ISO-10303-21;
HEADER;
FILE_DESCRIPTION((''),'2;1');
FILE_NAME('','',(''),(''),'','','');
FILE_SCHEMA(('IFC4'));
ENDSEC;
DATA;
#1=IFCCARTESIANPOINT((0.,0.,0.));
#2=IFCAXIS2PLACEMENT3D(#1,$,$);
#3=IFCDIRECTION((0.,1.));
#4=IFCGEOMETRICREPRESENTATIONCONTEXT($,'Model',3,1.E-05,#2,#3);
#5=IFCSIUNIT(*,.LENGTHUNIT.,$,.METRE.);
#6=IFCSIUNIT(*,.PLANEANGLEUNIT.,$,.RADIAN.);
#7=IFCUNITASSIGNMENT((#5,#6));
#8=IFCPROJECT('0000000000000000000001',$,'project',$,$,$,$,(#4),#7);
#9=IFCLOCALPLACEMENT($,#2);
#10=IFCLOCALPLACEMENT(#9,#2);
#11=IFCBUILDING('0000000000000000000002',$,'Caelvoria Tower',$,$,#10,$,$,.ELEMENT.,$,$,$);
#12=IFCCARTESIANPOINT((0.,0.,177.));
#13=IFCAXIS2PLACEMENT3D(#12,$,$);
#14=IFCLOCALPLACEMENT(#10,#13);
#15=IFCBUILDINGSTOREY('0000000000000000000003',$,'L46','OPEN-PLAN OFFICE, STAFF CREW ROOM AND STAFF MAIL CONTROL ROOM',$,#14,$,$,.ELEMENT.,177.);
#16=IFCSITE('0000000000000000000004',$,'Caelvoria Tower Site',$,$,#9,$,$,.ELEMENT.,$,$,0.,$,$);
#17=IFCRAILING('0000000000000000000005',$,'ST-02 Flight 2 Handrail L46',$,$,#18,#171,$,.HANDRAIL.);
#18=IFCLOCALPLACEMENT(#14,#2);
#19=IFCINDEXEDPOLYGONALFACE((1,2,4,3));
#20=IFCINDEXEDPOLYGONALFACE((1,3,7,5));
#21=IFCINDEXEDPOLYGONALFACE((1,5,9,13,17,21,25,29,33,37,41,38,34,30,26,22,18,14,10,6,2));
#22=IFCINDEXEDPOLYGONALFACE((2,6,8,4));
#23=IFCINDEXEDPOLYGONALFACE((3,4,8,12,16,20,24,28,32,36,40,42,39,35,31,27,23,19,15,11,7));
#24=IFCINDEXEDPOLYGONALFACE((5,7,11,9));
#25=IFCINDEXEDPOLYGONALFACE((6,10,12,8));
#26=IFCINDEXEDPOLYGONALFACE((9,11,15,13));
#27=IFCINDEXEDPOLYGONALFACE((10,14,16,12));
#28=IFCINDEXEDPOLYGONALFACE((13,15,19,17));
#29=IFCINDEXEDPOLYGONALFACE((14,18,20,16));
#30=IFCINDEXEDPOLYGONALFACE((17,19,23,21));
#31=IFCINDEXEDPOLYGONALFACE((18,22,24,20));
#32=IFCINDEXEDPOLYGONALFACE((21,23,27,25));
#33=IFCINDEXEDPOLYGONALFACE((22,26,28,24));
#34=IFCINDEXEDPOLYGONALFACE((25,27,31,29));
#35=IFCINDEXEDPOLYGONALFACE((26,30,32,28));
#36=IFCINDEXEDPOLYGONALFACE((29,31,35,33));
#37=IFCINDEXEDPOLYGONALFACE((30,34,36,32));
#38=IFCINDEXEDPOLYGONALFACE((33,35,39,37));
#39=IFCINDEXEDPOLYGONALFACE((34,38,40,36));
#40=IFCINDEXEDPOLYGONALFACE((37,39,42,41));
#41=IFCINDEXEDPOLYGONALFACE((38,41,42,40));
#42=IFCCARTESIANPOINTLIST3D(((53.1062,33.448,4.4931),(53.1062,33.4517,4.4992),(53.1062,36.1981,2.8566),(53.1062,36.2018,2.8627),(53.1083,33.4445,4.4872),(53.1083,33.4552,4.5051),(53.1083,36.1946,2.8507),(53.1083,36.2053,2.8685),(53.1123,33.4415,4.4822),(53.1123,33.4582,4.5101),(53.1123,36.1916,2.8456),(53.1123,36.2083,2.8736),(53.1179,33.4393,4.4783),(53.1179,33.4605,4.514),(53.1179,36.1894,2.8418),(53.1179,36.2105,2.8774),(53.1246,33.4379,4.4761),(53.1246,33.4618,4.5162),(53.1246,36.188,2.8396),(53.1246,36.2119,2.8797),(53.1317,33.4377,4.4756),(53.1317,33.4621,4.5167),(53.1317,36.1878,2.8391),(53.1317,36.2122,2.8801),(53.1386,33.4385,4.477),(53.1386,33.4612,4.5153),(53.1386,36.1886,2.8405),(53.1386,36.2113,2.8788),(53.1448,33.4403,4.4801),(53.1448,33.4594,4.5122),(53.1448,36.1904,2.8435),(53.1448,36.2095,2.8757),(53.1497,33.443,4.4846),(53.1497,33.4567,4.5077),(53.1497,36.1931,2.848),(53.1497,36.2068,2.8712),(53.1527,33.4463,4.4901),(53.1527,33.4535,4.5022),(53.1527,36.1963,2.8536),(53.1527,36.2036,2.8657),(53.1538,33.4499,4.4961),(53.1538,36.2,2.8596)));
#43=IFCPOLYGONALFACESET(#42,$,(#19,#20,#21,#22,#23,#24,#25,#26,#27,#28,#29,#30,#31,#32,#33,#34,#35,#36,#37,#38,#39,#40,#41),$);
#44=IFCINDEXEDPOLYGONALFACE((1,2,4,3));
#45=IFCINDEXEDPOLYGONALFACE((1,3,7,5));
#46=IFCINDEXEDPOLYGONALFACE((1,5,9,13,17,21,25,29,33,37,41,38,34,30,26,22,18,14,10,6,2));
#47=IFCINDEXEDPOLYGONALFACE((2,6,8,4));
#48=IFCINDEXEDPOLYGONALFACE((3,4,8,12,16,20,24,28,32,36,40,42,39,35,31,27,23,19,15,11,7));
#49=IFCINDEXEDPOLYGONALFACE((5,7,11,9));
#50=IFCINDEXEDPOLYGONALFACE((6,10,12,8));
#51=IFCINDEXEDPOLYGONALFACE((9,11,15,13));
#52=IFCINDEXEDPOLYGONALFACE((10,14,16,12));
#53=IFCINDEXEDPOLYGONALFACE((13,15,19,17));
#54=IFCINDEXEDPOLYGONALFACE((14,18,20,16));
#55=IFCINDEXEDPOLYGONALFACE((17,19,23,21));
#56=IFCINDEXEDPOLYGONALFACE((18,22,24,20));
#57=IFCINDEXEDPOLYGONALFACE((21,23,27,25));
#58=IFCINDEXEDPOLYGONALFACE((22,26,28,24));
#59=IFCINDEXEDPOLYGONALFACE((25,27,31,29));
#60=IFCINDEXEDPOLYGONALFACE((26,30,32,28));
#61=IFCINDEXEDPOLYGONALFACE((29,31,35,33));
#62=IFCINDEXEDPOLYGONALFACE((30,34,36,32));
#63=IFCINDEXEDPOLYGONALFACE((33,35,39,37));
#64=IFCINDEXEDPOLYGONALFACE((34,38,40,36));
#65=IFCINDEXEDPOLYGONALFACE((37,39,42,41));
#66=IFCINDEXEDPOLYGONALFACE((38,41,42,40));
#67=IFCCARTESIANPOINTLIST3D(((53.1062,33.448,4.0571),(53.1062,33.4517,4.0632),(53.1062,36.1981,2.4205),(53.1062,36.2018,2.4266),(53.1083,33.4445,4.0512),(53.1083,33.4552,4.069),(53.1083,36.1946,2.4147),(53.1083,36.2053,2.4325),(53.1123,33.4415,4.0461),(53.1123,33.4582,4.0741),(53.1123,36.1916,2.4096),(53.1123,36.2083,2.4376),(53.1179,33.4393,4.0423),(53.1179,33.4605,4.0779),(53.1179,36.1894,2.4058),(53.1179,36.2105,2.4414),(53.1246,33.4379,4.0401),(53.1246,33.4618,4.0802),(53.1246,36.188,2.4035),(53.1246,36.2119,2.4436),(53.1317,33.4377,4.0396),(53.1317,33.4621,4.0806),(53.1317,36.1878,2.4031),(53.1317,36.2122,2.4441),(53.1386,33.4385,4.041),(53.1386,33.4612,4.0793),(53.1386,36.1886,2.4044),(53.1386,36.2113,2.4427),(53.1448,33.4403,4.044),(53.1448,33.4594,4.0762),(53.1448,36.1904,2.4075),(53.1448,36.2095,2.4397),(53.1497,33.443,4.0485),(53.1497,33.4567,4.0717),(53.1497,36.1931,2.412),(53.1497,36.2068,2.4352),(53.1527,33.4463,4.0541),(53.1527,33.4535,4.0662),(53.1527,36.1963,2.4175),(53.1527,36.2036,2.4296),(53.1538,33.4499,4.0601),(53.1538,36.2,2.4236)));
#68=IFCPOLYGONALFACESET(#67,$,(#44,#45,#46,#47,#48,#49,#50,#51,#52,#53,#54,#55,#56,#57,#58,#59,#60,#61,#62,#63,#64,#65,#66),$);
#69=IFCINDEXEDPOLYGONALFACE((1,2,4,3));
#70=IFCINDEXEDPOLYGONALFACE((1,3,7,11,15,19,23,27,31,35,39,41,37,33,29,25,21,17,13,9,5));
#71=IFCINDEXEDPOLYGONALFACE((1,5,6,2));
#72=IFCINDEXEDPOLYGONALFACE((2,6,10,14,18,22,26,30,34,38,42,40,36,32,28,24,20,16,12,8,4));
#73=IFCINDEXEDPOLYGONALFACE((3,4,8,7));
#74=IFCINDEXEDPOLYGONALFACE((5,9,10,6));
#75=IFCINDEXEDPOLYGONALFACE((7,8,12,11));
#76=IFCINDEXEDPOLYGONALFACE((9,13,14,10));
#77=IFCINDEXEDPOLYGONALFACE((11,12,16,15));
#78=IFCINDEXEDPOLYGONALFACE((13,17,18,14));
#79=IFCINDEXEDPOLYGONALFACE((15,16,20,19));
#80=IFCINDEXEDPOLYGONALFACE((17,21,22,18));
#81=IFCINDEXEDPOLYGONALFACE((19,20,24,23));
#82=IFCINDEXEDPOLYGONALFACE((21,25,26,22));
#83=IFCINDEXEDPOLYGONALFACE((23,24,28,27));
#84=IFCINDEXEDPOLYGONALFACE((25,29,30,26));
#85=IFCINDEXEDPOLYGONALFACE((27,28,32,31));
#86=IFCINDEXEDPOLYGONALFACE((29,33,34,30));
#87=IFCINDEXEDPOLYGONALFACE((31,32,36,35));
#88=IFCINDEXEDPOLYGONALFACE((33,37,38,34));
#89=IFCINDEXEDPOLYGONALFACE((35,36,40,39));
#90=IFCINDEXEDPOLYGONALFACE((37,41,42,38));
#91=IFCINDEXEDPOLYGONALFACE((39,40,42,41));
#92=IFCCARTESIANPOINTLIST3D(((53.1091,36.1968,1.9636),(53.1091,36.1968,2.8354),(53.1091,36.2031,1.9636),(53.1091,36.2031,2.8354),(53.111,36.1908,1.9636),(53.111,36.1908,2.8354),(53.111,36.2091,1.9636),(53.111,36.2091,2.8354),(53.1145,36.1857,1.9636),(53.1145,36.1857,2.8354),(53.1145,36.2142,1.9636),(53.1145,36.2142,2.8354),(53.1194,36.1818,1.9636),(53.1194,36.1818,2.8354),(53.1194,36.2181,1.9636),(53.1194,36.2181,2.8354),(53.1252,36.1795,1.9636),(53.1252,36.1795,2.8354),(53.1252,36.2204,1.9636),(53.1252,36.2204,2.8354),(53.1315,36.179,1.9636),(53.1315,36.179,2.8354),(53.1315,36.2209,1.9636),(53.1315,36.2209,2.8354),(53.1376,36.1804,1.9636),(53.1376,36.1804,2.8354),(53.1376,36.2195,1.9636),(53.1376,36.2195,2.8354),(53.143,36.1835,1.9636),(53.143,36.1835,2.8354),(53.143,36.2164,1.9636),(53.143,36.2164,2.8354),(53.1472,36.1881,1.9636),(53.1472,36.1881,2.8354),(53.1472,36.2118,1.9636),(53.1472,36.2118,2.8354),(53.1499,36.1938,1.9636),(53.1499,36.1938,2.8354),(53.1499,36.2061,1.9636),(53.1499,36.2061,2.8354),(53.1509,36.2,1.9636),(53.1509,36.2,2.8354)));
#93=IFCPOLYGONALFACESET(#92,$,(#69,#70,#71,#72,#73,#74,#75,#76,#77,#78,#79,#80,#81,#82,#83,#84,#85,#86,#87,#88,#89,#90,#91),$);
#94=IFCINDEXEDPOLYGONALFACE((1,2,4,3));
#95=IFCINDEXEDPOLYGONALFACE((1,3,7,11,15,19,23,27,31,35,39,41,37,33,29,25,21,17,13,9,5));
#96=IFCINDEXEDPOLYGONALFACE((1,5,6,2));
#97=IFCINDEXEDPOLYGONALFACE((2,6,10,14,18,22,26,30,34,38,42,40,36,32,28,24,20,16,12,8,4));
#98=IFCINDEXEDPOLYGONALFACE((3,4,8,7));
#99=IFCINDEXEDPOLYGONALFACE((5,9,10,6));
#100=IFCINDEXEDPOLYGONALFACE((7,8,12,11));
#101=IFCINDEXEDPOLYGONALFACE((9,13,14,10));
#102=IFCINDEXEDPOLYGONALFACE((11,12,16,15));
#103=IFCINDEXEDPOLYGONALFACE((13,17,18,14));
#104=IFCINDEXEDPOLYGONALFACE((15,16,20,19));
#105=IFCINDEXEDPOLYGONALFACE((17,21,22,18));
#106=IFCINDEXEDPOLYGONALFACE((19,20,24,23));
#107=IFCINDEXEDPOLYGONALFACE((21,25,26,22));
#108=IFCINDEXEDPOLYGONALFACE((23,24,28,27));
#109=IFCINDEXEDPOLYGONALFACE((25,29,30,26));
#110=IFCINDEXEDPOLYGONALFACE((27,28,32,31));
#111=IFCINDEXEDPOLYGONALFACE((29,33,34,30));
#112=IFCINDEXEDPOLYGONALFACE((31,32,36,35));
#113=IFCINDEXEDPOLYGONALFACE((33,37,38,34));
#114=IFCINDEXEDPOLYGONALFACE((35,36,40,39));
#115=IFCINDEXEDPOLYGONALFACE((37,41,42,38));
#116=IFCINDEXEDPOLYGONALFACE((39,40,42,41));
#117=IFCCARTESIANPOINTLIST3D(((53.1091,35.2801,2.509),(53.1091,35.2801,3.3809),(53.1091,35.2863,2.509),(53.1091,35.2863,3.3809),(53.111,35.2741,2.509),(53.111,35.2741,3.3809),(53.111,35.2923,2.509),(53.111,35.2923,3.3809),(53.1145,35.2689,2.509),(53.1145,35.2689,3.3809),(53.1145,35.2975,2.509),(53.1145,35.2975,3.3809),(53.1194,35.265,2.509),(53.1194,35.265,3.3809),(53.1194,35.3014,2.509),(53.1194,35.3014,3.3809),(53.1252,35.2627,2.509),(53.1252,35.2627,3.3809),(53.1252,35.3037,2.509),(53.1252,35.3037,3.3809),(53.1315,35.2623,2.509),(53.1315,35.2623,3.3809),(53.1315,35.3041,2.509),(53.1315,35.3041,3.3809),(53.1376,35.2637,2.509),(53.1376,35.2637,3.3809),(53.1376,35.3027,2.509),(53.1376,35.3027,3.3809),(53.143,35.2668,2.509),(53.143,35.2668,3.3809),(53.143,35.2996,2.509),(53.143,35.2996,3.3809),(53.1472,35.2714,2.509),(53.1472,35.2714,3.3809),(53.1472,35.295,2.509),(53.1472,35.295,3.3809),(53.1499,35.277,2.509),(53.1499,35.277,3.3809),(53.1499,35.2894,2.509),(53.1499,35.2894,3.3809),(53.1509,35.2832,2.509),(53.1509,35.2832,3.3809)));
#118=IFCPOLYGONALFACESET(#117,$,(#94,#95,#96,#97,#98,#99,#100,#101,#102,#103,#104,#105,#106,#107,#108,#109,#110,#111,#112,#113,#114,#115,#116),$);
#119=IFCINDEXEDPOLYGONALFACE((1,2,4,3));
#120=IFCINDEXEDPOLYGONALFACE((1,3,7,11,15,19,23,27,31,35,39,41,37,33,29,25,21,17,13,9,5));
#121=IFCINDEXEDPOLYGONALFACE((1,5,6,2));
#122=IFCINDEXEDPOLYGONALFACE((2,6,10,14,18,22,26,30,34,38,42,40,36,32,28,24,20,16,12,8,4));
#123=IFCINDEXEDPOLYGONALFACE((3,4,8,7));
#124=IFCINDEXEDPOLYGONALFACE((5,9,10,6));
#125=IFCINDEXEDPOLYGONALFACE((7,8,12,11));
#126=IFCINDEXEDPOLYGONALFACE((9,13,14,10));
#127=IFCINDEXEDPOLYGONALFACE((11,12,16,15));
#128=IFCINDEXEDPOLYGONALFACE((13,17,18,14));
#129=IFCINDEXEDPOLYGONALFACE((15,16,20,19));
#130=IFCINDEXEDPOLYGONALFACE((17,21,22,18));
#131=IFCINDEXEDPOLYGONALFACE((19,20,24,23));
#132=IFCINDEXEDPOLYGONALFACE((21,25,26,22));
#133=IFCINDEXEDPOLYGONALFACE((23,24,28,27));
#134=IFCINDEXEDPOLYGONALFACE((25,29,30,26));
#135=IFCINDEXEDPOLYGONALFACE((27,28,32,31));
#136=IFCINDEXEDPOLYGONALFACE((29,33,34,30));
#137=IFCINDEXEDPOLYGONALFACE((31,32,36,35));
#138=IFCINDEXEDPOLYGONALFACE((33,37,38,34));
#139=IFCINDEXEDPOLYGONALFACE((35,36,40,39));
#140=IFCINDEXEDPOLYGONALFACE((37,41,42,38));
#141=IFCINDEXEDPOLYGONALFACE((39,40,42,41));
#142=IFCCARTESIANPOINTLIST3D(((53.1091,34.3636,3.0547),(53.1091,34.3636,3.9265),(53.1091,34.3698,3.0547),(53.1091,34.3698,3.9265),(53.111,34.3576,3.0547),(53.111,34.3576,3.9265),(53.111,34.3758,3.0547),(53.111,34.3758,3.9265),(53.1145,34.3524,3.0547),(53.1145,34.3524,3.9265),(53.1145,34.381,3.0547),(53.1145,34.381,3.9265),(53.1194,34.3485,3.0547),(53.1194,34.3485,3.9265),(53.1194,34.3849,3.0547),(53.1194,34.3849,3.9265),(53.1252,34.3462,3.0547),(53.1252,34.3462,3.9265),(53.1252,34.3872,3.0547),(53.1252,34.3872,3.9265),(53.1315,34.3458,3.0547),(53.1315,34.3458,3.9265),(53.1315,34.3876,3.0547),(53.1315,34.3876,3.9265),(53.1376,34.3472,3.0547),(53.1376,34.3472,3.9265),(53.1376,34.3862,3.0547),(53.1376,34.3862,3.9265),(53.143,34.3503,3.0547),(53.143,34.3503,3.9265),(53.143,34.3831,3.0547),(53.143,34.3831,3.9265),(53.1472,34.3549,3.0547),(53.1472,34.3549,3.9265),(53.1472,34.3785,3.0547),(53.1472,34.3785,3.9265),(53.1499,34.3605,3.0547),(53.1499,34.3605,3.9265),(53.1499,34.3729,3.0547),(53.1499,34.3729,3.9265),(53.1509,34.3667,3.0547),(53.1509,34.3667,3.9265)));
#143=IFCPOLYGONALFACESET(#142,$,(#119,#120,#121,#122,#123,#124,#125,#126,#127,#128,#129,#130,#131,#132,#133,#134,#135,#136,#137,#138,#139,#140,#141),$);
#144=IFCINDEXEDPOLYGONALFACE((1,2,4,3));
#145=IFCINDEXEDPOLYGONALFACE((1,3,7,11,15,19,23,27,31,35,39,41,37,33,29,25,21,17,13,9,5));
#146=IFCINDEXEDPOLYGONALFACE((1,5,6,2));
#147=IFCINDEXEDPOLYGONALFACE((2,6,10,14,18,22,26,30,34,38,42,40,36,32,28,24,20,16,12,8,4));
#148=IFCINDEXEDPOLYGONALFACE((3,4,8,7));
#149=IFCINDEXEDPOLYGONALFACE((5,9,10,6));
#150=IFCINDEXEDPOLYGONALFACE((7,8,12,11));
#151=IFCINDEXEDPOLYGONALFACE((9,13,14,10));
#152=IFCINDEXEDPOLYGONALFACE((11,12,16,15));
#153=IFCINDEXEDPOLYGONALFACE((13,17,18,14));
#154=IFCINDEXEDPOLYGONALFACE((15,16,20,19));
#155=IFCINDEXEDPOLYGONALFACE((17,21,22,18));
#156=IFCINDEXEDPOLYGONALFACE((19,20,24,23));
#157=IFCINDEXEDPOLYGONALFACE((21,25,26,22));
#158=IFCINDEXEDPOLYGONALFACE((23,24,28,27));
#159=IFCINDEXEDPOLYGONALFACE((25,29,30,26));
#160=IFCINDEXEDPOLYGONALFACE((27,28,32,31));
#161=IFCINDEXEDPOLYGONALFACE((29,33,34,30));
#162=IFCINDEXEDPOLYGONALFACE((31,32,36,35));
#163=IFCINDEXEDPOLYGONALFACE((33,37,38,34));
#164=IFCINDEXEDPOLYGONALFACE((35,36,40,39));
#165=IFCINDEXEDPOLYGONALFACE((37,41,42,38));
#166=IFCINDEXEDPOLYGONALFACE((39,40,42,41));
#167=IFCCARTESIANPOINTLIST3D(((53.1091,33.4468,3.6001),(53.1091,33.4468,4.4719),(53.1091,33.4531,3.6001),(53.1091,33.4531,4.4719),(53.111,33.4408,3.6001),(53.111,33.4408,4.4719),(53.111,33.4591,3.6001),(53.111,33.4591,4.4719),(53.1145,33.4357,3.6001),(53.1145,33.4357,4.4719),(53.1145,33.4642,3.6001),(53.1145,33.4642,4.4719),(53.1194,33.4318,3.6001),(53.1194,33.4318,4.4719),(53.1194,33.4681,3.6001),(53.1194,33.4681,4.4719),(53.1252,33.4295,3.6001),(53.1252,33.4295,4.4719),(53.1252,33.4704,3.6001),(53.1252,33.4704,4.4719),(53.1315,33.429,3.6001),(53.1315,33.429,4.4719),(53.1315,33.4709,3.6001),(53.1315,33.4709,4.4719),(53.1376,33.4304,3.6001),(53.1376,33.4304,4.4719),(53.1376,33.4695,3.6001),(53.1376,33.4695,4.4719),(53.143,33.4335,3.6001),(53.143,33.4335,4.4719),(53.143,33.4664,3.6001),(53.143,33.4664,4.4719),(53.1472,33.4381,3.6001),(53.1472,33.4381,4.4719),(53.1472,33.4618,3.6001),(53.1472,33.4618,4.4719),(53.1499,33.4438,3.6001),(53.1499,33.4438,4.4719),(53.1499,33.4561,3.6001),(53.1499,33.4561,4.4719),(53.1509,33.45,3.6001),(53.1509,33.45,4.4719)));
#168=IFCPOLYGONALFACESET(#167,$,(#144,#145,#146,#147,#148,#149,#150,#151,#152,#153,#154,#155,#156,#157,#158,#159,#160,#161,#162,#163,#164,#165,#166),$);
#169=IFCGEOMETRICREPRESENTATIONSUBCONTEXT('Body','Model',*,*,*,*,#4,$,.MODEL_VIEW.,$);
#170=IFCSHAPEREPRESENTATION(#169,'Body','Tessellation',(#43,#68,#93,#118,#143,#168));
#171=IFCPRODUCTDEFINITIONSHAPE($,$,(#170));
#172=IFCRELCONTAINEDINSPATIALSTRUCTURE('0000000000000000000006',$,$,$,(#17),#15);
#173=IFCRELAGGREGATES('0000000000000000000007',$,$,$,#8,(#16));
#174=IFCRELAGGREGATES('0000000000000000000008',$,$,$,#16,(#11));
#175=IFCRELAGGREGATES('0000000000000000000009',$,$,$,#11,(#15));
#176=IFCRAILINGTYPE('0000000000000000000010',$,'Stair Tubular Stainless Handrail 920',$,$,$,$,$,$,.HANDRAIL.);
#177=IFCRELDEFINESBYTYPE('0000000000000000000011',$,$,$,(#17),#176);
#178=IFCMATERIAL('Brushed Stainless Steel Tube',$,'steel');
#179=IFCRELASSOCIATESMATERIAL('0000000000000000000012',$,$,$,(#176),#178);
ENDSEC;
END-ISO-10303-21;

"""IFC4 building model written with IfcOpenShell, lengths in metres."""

from ifc_helpers import new_model, si_unit, direction, frame, origin, origin_2d, place, context, subcontext, project, spatial, circle, extrude, material, type_object, element, save


model = new_model("IFC4")

# Units and contexts
model_context = context("Model", 3, precision=1e-05, world=origin(), true_north=direction((0.0, 1.0)))
body_context = subcontext(model_context, "Body", "Model", "MODEL_VIEW")
ifc_project = project(units=[si_unit("LENGTHUNIT", "METRE"), si_unit("PLANEANGLEUNIT", "RADIAN")], contexts=[model_context])

# Site, building, storey
site_placement = place(None, origin())
site = spatial("IfcSite", under=ifc_project, at=site_placement, Name="Caelvoria Tower Site", CompositionType="ELEMENT", RefElevation=0.0)
building_placement = place(site_placement, origin())
building = spatial("IfcBuilding", under=site, at=building_placement, Name="Caelvoria Tower", CompositionType="ELEMENT")
storey_placement = place(building_placement, frame((0.0, 0.0, 177.0)))
storey = spatial("IfcBuildingStorey", under=building, at=storey_placement, Name="L46", Description="OPEN-PLAN OFFICE, STAFF CREW ROOM AND STAFF MAIL CONTROL ROOM", CompositionType="ELEMENT", Elevation=177.0)

# Railing
ifc_material_1 = material(Name="Brushed Stainless Steel Tube", Category="steel")
railing_type_1 = type_object("IfcRailingType", Name="Stair Tubular Stainless Handrail 920", PredefinedType="HANDRAIL", material=ifc_material_1)
railing_1_placement = place(storey_placement, frame((53.1299, 36.2, 1.9636)))
element("IfcRailing", 1, at=railing_1_placement, inside=storey, type_object=railing_type_1, Name="ST-02 Flight 2 Handrail L46", PredefinedType="HANDRAIL", context=body_context, shape_type="SweptSolid", body=[
    extrude(circle(Radius=0.0239, at=origin_2d()), frame((0.0, 0.0, 0.896), z_axis=(0.0, -0.859352, 0.511385), x_axis=(1.0, 0.0, 0.0)), (0.0, 0.0, 1.0), 3.2002),
    extrude(circle(Radius=0.0239, at=origin_2d()), frame((0.0, 0.0, 0.46), z_axis=(0.0, -0.859352, 0.511385), x_axis=(1.0, 0.0, 0.0)), (0.0, 0.0, 1.0), 3.2002),
    extrude(circle(Radius=0.021, at=origin_2d()), origin(), (0.0, 0.0, 1.0), 0.8718),
    extrude(circle(Radius=0.021, at=origin_2d()), frame((0.0, -0.9167, 0.5454)), (0.0, 0.0, 1.0), 0.8718),
    extrude(circle(Radius=0.021, at=origin_2d()), frame((0.0, -1.8333, 1.0911)), (0.0, 0.0, 1.0), 0.8718),
    extrude(circle(Radius=0.021, at=origin_2d()), frame((0.0, -2.75, 1.6365)), (0.0, 0.0, 1.0), 0.8718),
])

save(model, "model.ifc")
